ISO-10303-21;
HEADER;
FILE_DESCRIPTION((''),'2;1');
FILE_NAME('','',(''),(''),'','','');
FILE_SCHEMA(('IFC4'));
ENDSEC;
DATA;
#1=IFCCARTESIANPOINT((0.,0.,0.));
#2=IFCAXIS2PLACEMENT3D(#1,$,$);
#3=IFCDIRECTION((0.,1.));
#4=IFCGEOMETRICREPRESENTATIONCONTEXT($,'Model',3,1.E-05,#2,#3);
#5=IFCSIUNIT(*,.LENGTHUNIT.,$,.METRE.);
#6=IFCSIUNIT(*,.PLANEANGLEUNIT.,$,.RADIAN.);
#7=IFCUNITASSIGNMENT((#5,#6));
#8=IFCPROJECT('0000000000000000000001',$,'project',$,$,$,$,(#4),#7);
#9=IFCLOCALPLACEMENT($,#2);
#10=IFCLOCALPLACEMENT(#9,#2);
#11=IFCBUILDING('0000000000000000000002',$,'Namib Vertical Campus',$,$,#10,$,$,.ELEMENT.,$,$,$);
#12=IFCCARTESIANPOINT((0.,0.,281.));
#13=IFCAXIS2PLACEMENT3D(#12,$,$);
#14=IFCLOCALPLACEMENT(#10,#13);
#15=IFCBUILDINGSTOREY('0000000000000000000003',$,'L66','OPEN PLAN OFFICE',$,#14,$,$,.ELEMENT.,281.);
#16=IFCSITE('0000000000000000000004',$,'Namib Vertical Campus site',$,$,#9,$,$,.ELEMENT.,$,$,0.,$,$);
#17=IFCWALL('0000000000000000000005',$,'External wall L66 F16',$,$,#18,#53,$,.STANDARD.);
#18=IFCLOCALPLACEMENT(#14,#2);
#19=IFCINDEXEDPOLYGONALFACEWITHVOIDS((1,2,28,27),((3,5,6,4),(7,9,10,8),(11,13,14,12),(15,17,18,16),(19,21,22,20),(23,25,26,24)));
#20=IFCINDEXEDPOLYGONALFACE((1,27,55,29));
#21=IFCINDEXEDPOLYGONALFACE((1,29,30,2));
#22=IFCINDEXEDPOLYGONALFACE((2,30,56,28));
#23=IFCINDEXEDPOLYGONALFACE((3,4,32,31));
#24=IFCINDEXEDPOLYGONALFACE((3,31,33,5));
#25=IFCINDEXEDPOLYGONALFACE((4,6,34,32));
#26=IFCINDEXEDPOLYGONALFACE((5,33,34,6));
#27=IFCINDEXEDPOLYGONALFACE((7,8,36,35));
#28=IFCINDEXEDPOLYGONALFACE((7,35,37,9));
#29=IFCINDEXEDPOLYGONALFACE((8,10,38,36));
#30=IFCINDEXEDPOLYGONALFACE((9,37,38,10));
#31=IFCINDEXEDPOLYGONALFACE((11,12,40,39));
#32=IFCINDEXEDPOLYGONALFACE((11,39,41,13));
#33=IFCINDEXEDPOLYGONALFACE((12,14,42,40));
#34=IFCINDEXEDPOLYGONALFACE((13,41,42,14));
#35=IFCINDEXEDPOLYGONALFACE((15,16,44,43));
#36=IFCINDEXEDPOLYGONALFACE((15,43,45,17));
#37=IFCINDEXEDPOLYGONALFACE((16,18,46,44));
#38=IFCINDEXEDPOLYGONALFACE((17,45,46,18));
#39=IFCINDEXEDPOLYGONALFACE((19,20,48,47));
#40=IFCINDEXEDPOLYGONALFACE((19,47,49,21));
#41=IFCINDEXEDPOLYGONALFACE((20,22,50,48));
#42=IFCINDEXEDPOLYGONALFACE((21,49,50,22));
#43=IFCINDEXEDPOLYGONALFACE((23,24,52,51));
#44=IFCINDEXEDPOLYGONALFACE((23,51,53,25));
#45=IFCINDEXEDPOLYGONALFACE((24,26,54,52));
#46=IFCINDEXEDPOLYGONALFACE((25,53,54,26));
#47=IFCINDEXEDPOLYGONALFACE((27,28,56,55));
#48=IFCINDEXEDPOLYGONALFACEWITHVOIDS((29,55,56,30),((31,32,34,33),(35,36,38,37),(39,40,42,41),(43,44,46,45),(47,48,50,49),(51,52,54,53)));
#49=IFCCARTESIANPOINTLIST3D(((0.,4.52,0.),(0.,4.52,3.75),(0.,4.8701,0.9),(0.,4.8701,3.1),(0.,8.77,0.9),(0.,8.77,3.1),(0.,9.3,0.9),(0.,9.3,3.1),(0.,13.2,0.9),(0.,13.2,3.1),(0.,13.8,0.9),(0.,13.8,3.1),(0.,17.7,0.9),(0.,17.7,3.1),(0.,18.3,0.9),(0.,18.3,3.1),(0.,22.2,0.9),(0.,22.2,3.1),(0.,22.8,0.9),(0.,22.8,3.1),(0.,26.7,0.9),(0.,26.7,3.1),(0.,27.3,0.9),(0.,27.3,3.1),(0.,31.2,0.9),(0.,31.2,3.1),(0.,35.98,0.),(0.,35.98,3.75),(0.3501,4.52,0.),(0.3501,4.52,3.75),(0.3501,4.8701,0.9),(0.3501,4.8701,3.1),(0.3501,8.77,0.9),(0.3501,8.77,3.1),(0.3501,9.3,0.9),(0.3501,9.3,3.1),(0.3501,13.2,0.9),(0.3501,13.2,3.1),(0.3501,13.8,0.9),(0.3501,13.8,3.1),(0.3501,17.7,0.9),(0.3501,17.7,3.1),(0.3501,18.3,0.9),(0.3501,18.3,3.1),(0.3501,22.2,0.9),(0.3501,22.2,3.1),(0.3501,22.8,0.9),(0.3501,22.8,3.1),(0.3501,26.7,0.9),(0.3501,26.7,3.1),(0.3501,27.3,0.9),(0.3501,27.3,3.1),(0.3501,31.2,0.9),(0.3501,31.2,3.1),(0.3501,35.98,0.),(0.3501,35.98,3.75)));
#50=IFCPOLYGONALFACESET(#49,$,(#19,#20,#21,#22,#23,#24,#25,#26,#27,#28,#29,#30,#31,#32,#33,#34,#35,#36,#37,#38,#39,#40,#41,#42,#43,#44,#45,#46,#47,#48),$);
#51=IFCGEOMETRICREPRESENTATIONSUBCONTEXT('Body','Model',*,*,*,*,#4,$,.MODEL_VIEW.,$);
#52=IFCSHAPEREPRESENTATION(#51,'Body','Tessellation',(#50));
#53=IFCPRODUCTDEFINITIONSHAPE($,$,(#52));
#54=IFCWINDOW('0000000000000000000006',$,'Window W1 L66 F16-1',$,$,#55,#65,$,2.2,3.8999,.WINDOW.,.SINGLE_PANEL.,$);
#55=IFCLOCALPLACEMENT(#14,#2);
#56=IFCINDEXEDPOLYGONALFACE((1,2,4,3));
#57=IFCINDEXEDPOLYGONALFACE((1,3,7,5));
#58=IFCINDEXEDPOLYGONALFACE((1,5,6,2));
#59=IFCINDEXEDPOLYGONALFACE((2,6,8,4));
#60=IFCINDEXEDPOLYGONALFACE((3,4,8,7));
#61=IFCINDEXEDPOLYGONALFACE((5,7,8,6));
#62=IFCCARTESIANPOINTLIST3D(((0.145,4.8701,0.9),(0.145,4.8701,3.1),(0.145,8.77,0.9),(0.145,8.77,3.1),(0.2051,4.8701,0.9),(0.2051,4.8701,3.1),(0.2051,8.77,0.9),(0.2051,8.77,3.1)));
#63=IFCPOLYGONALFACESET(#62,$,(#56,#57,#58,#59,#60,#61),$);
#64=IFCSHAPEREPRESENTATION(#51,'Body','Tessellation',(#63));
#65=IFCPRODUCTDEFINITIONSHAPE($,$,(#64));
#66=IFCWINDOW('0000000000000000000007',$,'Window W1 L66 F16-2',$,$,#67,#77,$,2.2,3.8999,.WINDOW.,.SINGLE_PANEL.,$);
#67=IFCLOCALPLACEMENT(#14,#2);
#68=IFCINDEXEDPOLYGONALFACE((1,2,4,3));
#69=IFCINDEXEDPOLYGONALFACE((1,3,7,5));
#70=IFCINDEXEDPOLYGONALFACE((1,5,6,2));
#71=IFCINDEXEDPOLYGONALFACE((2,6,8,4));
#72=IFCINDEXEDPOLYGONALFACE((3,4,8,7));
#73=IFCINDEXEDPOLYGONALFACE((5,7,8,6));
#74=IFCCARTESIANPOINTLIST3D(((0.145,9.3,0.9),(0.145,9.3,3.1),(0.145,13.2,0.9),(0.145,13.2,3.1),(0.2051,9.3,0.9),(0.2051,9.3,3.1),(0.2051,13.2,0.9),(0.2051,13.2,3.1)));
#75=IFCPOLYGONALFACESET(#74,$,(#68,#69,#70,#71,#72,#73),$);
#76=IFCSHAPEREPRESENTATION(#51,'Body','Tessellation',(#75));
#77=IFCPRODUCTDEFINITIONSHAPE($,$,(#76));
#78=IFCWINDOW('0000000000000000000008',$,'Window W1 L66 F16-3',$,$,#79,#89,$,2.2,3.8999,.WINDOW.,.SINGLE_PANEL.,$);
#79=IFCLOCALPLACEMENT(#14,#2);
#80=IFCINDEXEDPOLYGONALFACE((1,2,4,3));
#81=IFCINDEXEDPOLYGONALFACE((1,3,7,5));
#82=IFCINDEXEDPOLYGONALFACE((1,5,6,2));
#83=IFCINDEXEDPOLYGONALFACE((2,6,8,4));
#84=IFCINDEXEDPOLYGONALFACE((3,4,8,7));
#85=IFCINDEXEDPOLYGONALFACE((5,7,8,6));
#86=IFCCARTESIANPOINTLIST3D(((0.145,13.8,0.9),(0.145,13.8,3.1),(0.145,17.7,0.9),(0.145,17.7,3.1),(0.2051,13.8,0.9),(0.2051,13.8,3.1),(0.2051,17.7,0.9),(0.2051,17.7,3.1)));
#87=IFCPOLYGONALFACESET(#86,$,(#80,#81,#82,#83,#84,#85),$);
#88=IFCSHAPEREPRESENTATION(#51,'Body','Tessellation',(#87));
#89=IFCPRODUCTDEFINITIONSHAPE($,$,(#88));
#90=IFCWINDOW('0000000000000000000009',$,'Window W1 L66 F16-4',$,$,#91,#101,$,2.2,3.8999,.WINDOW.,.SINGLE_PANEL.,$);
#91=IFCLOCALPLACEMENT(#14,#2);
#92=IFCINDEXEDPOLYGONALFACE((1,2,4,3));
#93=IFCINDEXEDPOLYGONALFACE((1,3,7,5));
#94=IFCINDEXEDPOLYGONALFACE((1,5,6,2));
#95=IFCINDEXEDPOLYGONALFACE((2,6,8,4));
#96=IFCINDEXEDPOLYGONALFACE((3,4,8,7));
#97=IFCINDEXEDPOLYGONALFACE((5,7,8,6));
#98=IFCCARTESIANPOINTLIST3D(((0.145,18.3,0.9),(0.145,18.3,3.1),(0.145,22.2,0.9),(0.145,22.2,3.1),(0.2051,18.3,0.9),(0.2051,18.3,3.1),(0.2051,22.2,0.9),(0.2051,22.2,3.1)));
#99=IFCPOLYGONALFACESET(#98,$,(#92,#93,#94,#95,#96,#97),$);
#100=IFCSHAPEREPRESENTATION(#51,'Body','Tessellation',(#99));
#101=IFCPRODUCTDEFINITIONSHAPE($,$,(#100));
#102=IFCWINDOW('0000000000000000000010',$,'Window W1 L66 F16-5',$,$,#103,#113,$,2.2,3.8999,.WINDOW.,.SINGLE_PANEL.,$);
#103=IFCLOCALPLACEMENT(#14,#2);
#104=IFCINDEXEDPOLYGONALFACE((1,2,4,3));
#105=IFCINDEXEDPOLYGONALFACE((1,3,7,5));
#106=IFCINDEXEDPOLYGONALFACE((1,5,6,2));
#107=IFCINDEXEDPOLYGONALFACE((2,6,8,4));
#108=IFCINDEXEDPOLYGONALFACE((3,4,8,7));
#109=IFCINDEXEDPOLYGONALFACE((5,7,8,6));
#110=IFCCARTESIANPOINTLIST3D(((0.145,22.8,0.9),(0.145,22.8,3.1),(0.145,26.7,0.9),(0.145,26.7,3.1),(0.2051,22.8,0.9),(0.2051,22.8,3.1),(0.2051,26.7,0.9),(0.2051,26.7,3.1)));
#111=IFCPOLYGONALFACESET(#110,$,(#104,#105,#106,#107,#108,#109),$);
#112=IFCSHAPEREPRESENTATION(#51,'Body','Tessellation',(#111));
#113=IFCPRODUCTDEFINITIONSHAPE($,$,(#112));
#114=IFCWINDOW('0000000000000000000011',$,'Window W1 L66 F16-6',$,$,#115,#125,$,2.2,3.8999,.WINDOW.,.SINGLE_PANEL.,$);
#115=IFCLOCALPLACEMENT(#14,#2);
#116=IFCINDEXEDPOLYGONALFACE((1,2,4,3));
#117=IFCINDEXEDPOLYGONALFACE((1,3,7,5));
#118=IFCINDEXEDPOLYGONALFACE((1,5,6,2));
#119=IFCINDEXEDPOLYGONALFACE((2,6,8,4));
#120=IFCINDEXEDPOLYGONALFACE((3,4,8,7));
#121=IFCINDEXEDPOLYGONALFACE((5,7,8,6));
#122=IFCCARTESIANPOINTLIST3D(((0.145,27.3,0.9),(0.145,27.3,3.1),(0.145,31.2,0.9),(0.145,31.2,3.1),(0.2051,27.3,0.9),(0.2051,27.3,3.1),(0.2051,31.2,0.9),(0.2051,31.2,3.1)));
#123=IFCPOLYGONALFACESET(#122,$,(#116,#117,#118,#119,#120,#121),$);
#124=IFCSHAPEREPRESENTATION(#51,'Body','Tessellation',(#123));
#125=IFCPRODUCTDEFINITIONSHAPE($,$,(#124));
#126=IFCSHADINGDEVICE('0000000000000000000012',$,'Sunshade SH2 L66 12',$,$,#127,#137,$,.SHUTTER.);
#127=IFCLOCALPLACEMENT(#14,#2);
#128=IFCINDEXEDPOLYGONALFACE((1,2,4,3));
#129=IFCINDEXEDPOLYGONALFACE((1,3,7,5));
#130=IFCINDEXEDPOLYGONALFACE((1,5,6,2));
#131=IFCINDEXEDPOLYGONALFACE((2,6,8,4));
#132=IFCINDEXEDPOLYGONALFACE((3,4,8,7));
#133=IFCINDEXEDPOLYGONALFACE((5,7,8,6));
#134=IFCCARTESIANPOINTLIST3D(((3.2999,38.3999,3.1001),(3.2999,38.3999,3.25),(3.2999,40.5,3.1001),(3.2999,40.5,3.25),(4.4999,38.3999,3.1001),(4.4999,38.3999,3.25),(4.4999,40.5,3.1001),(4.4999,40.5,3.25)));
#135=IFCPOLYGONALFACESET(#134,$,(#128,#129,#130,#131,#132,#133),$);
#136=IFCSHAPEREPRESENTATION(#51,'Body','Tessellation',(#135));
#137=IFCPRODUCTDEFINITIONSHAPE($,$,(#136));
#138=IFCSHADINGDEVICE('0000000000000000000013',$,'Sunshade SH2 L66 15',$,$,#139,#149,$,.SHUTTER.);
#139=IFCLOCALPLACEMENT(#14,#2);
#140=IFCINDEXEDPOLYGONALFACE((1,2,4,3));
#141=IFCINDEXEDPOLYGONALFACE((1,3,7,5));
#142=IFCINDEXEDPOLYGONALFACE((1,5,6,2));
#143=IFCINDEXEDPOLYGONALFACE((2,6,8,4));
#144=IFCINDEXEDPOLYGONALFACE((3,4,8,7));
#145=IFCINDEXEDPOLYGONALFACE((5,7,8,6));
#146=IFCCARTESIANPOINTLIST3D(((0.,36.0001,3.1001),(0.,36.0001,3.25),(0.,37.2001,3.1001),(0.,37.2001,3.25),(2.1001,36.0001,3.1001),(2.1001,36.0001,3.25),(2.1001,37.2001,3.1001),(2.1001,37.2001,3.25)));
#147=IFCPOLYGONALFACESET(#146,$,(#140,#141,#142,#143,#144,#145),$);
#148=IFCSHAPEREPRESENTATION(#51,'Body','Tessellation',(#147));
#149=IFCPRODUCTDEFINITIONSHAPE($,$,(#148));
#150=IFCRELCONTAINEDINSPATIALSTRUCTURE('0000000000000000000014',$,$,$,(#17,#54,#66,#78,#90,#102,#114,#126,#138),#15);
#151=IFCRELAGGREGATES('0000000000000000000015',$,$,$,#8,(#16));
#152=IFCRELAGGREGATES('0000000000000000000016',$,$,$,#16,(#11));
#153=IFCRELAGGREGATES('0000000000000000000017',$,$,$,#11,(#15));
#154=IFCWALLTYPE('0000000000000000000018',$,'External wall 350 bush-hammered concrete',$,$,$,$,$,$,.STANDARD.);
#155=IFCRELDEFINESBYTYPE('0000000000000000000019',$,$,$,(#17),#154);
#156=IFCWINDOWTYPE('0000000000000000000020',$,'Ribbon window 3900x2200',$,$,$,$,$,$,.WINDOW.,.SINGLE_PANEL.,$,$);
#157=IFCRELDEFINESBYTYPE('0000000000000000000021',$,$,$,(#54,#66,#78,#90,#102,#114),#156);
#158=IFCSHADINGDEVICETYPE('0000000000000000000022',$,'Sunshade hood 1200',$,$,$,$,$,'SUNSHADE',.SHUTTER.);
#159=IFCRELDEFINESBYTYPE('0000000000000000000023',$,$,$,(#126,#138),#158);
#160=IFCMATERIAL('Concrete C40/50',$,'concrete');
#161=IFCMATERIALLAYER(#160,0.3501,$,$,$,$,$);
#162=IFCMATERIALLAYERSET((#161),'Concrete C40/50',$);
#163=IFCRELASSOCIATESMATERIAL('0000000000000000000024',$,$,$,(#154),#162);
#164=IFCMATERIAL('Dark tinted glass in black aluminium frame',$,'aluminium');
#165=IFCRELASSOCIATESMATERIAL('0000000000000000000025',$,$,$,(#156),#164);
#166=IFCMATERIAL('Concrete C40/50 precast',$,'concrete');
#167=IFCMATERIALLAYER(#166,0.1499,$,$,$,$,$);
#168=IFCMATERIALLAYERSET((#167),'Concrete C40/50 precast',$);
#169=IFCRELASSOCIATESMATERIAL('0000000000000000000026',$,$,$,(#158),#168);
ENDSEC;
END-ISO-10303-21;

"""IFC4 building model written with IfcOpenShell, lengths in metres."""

from ifc_helpers import new_model, si_unit, direction, frame, frame_2d, origin, origin_2d, place, context, subcontext, project, spatial, rectangle, extrude, material, layer, layer_set, type_object, element, fill, save


model = new_model("IFC4")

# Units and contexts
model_context = context("Model", 3, precision=1e-05, world=origin(), true_north=direction((0.0, 1.0)))
body_context = subcontext(model_context, "Body", "Model", "MODEL_VIEW")
ifc_project = project(units=[si_unit("LENGTHUNIT", "METRE"), si_unit("PLANEANGLEUNIT", "RADIAN")], contexts=[model_context])

# Site, building, storey
site_placement = place(None, origin())
site = spatial("IfcSite", under=ifc_project, at=site_placement, Name="Namib Vertical Campus site", CompositionType="ELEMENT", RefElevation=0.0)
building_placement = place(site_placement, origin())
building = spatial("IfcBuilding", under=site, at=building_placement, Name="Namib Vertical Campus", CompositionType="ELEMENT")
storey_placement = place(building_placement, frame((0.0, 0.0, 281.0)))
storey = spatial("IfcBuildingStorey", under=building, at=storey_placement, Name="L66", Description="OPEN PLAN OFFICE", CompositionType="ELEMENT", Elevation=281.0)

# Shared definitions
ifc_material_1 = material(Name="Concrete C40/50", Category="concrete")
ifc_layer_1 = layer(ifc_material_1, 0.3501)
ifc_layer_set_1 = layer_set([ifc_layer_1], Name="Concrete C40/50")
wall_type_1 = type_object("IfcWallType", Name="External wall 350 bush-hammered concrete", PredefinedType="STANDARD", material=ifc_layer_set_1)

# Wall, openings, windows
wall_1_placement = place(storey_placement, frame((0.175, 35.98, 0.0), z_axis=(0.0, 0.0, 1.0), x_axis=(0.0, -1.0, 0.0)))
wall_1 = element("IfcWall", 1, at=wall_1_placement, inside=storey, type_object=wall_type_1, Name="External wall L66 F16", PredefinedType="STANDARD", context=body_context, shape_type="SweptSolid", body=[
    extrude(rectangle(XDim=31.46, YDim=0.3501, at=frame_2d((15.73, 0.0))), origin(), (0.0, 0.0, 1.0), 3.75),
])
opening_1_placement = place(wall_1_placement, frame((27.21, 0.0, 0.8999)))
opening_1 = element("IfcOpeningElement", 2, at=opening_1_placement, cuts=wall_1, PredefinedType="OPENING", context=body_context, shape_type="SweptSolid", body=[
    extrude(rectangle(XDim=3.8999, YDim=2.2, at=frame_2d((1.95, 1.1001))), frame((0.0, 0.1851, 0.0), z_axis=(0.0, -1.0, 0.0), x_axis=(1.0, 0.0, 0.0)), (0.0, 0.0, 1.0), 0.3701),
])
opening_2_placement = place(wall_1_placement, frame((22.78, 0.0, 0.8999)))
opening_2 = element("IfcOpeningElement", 3, at=opening_2_placement, cuts=wall_1, PredefinedType="OPENING", context=body_context, shape_type="SweptSolid", body=[
    extrude(rectangle(XDim=3.8999, YDim=2.2, at=frame_2d((1.95, 1.1001))), frame((0.0, 0.1851, 0.0), z_axis=(0.0, -1.0, 0.0), x_axis=(1.0, 0.0, 0.0)), (0.0, 0.0, 1.0), 0.3701),
])
opening_3_placement = place(wall_1_placement, frame((18.28, 0.0, 0.8999)))
opening_3 = element("IfcOpeningElement", 4, at=opening_3_placement, cuts=wall_1, PredefinedType="OPENING", context=body_context, shape_type="SweptSolid", body=[
    extrude(rectangle(XDim=3.8999, YDim=2.2, at=frame_2d((1.95, 1.1001))), frame((0.0, 0.1851, 0.0), z_axis=(0.0, -1.0, 0.0), x_axis=(1.0, 0.0, 0.0)), (0.0, 0.0, 1.0), 0.3701),
])
opening_4_placement = place(wall_1_placement, frame((13.78, 0.0, 0.8999)))
opening_4 = element("IfcOpeningElement", 5, at=opening_4_placement, cuts=wall_1, PredefinedType="OPENING", context=body_context, shape_type="SweptSolid", body=[
    extrude(rectangle(XDim=3.8999, YDim=2.2, at=frame_2d((1.95, 1.1001))), frame((0.0, 0.1851, 0.0), z_axis=(0.0, -1.0, 0.0), x_axis=(1.0, 0.0, 0.0)), (0.0, 0.0, 1.0), 0.3701),
])
opening_5_placement = place(wall_1_placement, frame((9.28, 0.0, 0.8999)))
opening_5 = element("IfcOpeningElement", 6, at=opening_5_placement, cuts=wall_1, PredefinedType="OPENING", context=body_context, shape_type="SweptSolid", body=[
    extrude(rectangle(XDim=3.8999, YDim=2.2, at=frame_2d((1.95, 1.1001))), frame((0.0, 0.1851, 0.0), z_axis=(0.0, -1.0, 0.0), x_axis=(1.0, 0.0, 0.0)), (0.0, 0.0, 1.0), 0.3701),
])
opening_6_placement = place(wall_1_placement, frame((4.78, 0.0, 0.8999)))
opening_6 = element("IfcOpeningElement", 7, at=opening_6_placement, cuts=wall_1, PredefinedType="OPENING", context=body_context, shape_type="SweptSolid", body=[
    extrude(rectangle(XDim=3.8999, YDim=2.2, at=frame_2d((1.95, 1.1001))), frame((0.0, 0.1851, 0.0), z_axis=(0.0, -1.0, 0.0), x_axis=(1.0, 0.0, 0.0)), (0.0, 0.0, 1.0), 0.3701),
])
ifc_material_2 = material(Name="Dark tinted glass in black aluminium frame", Category="aluminium")
window_type = type_object("IfcWindowType", Name="Ribbon window 3900x2200", PartitioningType="SINGLE_PANEL", PredefinedType="WINDOW", material=ifc_material_2)
window_1_placement = place(opening_1_placement, origin())
window_1 = element("IfcWindow", 8, at=window_1_placement, inside=storey, type_object=window_type, Name="Window W1 L66 F16-1", OverallHeight=2.2, OverallWidth=3.8999, PartitioningType="SINGLE_PANEL", PredefinedType="WINDOW", context=body_context, shape_type="SweptSolid", body=[
    extrude(rectangle(XDim=3.8999, YDim=2.2, at=frame_2d((1.95, 1.1001))), frame((0.0, 0.03, 0.0), z_axis=(0.0, -1.0, 0.0), x_axis=(1.0, 0.0, 0.0)), (0.0, 0.0, 1.0), 0.0601),
])
fill(opening_1, window_1)
window_2_placement = place(opening_2_placement, origin())
window_2 = element("IfcWindow", 9, at=window_2_placement, inside=storey, type_object=window_type, Name="Window W1 L66 F16-2", OverallHeight=2.2, OverallWidth=3.8999, PartitioningType="SINGLE_PANEL", PredefinedType="WINDOW", context=body_context, shape_type="SweptSolid", body=[
    extrude(rectangle(XDim=3.8999, YDim=2.2, at=frame_2d((1.95, 1.1001))), frame((0.0, 0.03, 0.0), z_axis=(0.0, -1.0, 0.0), x_axis=(1.0, 0.0, 0.0)), (0.0, 0.0, 1.0), 0.0601),
])
fill(opening_2, window_2)
window_3_placement = place(opening_3_placement, origin())
window_3 = element("IfcWindow", 10, at=window_3_placement, inside=storey, type_object=window_type, Name="Window W1 L66 F16-3", OverallHeight=2.2, OverallWidth=3.8999, PartitioningType="SINGLE_PANEL", PredefinedType="WINDOW", context=body_context, shape_type="SweptSolid", body=[
    extrude(rectangle(XDim=3.8999, YDim=2.2, at=frame_2d((1.95, 1.1001))), frame((0.0, 0.03, 0.0), z_axis=(0.0, -1.0, 0.0), x_axis=(1.0, 0.0, 0.0)), (0.0, 0.0, 1.0), 0.0601),
])
fill(opening_3, window_3)
window_4_placement = place(opening_4_placement, origin())
window_4 = element("IfcWindow", 11, at=window_4_placement, inside=storey, type_object=window_type, Name="Window W1 L66 F16-4", OverallHeight=2.2, OverallWidth=3.8999, PartitioningType="SINGLE_PANEL", PredefinedType="WINDOW", context=body_context, shape_type="SweptSolid", body=[
    extrude(rectangle(XDim=3.8999, YDim=2.2, at=frame_2d((1.95, 1.1001))), frame((0.0, 0.03, 0.0), z_axis=(0.0, -1.0, 0.0), x_axis=(1.0, 0.0, 0.0)), (0.0, 0.0, 1.0), 0.0601),
])
fill(opening_4, window_4)
window_5_placement = place(opening_5_placement, origin())
window_5 = element("IfcWindow", 12, at=window_5_placement, inside=storey, type_object=window_type, Name="Window W1 L66 F16-5", OverallHeight=2.2, OverallWidth=3.8999, PartitioningType="SINGLE_PANEL", PredefinedType="WINDOW", context=body_context, shape_type="SweptSolid", body=[
    extrude(rectangle(XDim=3.8999, YDim=2.2, at=frame_2d((1.95, 1.1001))), frame((0.0, 0.03, 0.0), z_axis=(0.0, -1.0, 0.0), x_axis=(1.0, 0.0, 0.0)), (0.0, 0.0, 1.0), 0.0601),
])
fill(opening_5, window_5)
window_6_placement = place(opening_6_placement, origin())
window_6 = element("IfcWindow", 13, at=window_6_placement, inside=storey, type_object=window_type, Name="Window W1 L66 F16-6", OverallHeight=2.2, OverallWidth=3.8999, PartitioningType="SINGLE_PANEL", PredefinedType="WINDOW", context=body_context, shape_type="SweptSolid", body=[
    extrude(rectangle(XDim=3.8999, YDim=2.2, at=frame_2d((1.95, 1.1001))), frame((0.0, 0.03, 0.0), z_axis=(0.0, -1.0, 0.0), x_axis=(1.0, 0.0, 0.0)), (0.0, 0.0, 1.0), 0.0601),
])
fill(opening_6, window_6)

# Shading devices
ifc_material_3 = material(Name="Concrete C40/50 precast", Category="concrete")
ifc_layer_2 = layer(ifc_material_3, 0.1499)
ifc_layer_set_2 = layer_set([ifc_layer_2], Name="Concrete C40/50 precast")
shading_device_type = type_object("IfcShadingDeviceType", Name="Sunshade hood 1200", ElementType="SUNSHADE", PredefinedType="SHUTTER", material=ifc_layer_set_2)
for number, where, z_axis, x_axis, name in (
    (14, (3.8999, 39.45, 3.1001), (0.0, 0.0, 1.0), (0.0, -1.0, 0.0), "Sunshade SH2 L66 12"),
    (15, (1.05, 36.6001, 3.1001), (0.0, 0.0, 1.0), (-1.0, 0.0, 0.0), "Sunshade SH2 L66 15"),
):
    element("IfcShadingDevice", number, at=place(storey_placement, frame(where, z_axis=z_axis, x_axis=x_axis)), inside=storey, type_object=shading_device_type, Name=name, PredefinedType="SHUTTER", context=body_context, shape_type="SweptSolid", body=[
        extrude(rectangle(XDim=2.1001, YDim=1.2, at=origin_2d()), origin(), (0.0, 0.0, 1.0), 0.1499),
    ])

save(model, "model.ifc")
